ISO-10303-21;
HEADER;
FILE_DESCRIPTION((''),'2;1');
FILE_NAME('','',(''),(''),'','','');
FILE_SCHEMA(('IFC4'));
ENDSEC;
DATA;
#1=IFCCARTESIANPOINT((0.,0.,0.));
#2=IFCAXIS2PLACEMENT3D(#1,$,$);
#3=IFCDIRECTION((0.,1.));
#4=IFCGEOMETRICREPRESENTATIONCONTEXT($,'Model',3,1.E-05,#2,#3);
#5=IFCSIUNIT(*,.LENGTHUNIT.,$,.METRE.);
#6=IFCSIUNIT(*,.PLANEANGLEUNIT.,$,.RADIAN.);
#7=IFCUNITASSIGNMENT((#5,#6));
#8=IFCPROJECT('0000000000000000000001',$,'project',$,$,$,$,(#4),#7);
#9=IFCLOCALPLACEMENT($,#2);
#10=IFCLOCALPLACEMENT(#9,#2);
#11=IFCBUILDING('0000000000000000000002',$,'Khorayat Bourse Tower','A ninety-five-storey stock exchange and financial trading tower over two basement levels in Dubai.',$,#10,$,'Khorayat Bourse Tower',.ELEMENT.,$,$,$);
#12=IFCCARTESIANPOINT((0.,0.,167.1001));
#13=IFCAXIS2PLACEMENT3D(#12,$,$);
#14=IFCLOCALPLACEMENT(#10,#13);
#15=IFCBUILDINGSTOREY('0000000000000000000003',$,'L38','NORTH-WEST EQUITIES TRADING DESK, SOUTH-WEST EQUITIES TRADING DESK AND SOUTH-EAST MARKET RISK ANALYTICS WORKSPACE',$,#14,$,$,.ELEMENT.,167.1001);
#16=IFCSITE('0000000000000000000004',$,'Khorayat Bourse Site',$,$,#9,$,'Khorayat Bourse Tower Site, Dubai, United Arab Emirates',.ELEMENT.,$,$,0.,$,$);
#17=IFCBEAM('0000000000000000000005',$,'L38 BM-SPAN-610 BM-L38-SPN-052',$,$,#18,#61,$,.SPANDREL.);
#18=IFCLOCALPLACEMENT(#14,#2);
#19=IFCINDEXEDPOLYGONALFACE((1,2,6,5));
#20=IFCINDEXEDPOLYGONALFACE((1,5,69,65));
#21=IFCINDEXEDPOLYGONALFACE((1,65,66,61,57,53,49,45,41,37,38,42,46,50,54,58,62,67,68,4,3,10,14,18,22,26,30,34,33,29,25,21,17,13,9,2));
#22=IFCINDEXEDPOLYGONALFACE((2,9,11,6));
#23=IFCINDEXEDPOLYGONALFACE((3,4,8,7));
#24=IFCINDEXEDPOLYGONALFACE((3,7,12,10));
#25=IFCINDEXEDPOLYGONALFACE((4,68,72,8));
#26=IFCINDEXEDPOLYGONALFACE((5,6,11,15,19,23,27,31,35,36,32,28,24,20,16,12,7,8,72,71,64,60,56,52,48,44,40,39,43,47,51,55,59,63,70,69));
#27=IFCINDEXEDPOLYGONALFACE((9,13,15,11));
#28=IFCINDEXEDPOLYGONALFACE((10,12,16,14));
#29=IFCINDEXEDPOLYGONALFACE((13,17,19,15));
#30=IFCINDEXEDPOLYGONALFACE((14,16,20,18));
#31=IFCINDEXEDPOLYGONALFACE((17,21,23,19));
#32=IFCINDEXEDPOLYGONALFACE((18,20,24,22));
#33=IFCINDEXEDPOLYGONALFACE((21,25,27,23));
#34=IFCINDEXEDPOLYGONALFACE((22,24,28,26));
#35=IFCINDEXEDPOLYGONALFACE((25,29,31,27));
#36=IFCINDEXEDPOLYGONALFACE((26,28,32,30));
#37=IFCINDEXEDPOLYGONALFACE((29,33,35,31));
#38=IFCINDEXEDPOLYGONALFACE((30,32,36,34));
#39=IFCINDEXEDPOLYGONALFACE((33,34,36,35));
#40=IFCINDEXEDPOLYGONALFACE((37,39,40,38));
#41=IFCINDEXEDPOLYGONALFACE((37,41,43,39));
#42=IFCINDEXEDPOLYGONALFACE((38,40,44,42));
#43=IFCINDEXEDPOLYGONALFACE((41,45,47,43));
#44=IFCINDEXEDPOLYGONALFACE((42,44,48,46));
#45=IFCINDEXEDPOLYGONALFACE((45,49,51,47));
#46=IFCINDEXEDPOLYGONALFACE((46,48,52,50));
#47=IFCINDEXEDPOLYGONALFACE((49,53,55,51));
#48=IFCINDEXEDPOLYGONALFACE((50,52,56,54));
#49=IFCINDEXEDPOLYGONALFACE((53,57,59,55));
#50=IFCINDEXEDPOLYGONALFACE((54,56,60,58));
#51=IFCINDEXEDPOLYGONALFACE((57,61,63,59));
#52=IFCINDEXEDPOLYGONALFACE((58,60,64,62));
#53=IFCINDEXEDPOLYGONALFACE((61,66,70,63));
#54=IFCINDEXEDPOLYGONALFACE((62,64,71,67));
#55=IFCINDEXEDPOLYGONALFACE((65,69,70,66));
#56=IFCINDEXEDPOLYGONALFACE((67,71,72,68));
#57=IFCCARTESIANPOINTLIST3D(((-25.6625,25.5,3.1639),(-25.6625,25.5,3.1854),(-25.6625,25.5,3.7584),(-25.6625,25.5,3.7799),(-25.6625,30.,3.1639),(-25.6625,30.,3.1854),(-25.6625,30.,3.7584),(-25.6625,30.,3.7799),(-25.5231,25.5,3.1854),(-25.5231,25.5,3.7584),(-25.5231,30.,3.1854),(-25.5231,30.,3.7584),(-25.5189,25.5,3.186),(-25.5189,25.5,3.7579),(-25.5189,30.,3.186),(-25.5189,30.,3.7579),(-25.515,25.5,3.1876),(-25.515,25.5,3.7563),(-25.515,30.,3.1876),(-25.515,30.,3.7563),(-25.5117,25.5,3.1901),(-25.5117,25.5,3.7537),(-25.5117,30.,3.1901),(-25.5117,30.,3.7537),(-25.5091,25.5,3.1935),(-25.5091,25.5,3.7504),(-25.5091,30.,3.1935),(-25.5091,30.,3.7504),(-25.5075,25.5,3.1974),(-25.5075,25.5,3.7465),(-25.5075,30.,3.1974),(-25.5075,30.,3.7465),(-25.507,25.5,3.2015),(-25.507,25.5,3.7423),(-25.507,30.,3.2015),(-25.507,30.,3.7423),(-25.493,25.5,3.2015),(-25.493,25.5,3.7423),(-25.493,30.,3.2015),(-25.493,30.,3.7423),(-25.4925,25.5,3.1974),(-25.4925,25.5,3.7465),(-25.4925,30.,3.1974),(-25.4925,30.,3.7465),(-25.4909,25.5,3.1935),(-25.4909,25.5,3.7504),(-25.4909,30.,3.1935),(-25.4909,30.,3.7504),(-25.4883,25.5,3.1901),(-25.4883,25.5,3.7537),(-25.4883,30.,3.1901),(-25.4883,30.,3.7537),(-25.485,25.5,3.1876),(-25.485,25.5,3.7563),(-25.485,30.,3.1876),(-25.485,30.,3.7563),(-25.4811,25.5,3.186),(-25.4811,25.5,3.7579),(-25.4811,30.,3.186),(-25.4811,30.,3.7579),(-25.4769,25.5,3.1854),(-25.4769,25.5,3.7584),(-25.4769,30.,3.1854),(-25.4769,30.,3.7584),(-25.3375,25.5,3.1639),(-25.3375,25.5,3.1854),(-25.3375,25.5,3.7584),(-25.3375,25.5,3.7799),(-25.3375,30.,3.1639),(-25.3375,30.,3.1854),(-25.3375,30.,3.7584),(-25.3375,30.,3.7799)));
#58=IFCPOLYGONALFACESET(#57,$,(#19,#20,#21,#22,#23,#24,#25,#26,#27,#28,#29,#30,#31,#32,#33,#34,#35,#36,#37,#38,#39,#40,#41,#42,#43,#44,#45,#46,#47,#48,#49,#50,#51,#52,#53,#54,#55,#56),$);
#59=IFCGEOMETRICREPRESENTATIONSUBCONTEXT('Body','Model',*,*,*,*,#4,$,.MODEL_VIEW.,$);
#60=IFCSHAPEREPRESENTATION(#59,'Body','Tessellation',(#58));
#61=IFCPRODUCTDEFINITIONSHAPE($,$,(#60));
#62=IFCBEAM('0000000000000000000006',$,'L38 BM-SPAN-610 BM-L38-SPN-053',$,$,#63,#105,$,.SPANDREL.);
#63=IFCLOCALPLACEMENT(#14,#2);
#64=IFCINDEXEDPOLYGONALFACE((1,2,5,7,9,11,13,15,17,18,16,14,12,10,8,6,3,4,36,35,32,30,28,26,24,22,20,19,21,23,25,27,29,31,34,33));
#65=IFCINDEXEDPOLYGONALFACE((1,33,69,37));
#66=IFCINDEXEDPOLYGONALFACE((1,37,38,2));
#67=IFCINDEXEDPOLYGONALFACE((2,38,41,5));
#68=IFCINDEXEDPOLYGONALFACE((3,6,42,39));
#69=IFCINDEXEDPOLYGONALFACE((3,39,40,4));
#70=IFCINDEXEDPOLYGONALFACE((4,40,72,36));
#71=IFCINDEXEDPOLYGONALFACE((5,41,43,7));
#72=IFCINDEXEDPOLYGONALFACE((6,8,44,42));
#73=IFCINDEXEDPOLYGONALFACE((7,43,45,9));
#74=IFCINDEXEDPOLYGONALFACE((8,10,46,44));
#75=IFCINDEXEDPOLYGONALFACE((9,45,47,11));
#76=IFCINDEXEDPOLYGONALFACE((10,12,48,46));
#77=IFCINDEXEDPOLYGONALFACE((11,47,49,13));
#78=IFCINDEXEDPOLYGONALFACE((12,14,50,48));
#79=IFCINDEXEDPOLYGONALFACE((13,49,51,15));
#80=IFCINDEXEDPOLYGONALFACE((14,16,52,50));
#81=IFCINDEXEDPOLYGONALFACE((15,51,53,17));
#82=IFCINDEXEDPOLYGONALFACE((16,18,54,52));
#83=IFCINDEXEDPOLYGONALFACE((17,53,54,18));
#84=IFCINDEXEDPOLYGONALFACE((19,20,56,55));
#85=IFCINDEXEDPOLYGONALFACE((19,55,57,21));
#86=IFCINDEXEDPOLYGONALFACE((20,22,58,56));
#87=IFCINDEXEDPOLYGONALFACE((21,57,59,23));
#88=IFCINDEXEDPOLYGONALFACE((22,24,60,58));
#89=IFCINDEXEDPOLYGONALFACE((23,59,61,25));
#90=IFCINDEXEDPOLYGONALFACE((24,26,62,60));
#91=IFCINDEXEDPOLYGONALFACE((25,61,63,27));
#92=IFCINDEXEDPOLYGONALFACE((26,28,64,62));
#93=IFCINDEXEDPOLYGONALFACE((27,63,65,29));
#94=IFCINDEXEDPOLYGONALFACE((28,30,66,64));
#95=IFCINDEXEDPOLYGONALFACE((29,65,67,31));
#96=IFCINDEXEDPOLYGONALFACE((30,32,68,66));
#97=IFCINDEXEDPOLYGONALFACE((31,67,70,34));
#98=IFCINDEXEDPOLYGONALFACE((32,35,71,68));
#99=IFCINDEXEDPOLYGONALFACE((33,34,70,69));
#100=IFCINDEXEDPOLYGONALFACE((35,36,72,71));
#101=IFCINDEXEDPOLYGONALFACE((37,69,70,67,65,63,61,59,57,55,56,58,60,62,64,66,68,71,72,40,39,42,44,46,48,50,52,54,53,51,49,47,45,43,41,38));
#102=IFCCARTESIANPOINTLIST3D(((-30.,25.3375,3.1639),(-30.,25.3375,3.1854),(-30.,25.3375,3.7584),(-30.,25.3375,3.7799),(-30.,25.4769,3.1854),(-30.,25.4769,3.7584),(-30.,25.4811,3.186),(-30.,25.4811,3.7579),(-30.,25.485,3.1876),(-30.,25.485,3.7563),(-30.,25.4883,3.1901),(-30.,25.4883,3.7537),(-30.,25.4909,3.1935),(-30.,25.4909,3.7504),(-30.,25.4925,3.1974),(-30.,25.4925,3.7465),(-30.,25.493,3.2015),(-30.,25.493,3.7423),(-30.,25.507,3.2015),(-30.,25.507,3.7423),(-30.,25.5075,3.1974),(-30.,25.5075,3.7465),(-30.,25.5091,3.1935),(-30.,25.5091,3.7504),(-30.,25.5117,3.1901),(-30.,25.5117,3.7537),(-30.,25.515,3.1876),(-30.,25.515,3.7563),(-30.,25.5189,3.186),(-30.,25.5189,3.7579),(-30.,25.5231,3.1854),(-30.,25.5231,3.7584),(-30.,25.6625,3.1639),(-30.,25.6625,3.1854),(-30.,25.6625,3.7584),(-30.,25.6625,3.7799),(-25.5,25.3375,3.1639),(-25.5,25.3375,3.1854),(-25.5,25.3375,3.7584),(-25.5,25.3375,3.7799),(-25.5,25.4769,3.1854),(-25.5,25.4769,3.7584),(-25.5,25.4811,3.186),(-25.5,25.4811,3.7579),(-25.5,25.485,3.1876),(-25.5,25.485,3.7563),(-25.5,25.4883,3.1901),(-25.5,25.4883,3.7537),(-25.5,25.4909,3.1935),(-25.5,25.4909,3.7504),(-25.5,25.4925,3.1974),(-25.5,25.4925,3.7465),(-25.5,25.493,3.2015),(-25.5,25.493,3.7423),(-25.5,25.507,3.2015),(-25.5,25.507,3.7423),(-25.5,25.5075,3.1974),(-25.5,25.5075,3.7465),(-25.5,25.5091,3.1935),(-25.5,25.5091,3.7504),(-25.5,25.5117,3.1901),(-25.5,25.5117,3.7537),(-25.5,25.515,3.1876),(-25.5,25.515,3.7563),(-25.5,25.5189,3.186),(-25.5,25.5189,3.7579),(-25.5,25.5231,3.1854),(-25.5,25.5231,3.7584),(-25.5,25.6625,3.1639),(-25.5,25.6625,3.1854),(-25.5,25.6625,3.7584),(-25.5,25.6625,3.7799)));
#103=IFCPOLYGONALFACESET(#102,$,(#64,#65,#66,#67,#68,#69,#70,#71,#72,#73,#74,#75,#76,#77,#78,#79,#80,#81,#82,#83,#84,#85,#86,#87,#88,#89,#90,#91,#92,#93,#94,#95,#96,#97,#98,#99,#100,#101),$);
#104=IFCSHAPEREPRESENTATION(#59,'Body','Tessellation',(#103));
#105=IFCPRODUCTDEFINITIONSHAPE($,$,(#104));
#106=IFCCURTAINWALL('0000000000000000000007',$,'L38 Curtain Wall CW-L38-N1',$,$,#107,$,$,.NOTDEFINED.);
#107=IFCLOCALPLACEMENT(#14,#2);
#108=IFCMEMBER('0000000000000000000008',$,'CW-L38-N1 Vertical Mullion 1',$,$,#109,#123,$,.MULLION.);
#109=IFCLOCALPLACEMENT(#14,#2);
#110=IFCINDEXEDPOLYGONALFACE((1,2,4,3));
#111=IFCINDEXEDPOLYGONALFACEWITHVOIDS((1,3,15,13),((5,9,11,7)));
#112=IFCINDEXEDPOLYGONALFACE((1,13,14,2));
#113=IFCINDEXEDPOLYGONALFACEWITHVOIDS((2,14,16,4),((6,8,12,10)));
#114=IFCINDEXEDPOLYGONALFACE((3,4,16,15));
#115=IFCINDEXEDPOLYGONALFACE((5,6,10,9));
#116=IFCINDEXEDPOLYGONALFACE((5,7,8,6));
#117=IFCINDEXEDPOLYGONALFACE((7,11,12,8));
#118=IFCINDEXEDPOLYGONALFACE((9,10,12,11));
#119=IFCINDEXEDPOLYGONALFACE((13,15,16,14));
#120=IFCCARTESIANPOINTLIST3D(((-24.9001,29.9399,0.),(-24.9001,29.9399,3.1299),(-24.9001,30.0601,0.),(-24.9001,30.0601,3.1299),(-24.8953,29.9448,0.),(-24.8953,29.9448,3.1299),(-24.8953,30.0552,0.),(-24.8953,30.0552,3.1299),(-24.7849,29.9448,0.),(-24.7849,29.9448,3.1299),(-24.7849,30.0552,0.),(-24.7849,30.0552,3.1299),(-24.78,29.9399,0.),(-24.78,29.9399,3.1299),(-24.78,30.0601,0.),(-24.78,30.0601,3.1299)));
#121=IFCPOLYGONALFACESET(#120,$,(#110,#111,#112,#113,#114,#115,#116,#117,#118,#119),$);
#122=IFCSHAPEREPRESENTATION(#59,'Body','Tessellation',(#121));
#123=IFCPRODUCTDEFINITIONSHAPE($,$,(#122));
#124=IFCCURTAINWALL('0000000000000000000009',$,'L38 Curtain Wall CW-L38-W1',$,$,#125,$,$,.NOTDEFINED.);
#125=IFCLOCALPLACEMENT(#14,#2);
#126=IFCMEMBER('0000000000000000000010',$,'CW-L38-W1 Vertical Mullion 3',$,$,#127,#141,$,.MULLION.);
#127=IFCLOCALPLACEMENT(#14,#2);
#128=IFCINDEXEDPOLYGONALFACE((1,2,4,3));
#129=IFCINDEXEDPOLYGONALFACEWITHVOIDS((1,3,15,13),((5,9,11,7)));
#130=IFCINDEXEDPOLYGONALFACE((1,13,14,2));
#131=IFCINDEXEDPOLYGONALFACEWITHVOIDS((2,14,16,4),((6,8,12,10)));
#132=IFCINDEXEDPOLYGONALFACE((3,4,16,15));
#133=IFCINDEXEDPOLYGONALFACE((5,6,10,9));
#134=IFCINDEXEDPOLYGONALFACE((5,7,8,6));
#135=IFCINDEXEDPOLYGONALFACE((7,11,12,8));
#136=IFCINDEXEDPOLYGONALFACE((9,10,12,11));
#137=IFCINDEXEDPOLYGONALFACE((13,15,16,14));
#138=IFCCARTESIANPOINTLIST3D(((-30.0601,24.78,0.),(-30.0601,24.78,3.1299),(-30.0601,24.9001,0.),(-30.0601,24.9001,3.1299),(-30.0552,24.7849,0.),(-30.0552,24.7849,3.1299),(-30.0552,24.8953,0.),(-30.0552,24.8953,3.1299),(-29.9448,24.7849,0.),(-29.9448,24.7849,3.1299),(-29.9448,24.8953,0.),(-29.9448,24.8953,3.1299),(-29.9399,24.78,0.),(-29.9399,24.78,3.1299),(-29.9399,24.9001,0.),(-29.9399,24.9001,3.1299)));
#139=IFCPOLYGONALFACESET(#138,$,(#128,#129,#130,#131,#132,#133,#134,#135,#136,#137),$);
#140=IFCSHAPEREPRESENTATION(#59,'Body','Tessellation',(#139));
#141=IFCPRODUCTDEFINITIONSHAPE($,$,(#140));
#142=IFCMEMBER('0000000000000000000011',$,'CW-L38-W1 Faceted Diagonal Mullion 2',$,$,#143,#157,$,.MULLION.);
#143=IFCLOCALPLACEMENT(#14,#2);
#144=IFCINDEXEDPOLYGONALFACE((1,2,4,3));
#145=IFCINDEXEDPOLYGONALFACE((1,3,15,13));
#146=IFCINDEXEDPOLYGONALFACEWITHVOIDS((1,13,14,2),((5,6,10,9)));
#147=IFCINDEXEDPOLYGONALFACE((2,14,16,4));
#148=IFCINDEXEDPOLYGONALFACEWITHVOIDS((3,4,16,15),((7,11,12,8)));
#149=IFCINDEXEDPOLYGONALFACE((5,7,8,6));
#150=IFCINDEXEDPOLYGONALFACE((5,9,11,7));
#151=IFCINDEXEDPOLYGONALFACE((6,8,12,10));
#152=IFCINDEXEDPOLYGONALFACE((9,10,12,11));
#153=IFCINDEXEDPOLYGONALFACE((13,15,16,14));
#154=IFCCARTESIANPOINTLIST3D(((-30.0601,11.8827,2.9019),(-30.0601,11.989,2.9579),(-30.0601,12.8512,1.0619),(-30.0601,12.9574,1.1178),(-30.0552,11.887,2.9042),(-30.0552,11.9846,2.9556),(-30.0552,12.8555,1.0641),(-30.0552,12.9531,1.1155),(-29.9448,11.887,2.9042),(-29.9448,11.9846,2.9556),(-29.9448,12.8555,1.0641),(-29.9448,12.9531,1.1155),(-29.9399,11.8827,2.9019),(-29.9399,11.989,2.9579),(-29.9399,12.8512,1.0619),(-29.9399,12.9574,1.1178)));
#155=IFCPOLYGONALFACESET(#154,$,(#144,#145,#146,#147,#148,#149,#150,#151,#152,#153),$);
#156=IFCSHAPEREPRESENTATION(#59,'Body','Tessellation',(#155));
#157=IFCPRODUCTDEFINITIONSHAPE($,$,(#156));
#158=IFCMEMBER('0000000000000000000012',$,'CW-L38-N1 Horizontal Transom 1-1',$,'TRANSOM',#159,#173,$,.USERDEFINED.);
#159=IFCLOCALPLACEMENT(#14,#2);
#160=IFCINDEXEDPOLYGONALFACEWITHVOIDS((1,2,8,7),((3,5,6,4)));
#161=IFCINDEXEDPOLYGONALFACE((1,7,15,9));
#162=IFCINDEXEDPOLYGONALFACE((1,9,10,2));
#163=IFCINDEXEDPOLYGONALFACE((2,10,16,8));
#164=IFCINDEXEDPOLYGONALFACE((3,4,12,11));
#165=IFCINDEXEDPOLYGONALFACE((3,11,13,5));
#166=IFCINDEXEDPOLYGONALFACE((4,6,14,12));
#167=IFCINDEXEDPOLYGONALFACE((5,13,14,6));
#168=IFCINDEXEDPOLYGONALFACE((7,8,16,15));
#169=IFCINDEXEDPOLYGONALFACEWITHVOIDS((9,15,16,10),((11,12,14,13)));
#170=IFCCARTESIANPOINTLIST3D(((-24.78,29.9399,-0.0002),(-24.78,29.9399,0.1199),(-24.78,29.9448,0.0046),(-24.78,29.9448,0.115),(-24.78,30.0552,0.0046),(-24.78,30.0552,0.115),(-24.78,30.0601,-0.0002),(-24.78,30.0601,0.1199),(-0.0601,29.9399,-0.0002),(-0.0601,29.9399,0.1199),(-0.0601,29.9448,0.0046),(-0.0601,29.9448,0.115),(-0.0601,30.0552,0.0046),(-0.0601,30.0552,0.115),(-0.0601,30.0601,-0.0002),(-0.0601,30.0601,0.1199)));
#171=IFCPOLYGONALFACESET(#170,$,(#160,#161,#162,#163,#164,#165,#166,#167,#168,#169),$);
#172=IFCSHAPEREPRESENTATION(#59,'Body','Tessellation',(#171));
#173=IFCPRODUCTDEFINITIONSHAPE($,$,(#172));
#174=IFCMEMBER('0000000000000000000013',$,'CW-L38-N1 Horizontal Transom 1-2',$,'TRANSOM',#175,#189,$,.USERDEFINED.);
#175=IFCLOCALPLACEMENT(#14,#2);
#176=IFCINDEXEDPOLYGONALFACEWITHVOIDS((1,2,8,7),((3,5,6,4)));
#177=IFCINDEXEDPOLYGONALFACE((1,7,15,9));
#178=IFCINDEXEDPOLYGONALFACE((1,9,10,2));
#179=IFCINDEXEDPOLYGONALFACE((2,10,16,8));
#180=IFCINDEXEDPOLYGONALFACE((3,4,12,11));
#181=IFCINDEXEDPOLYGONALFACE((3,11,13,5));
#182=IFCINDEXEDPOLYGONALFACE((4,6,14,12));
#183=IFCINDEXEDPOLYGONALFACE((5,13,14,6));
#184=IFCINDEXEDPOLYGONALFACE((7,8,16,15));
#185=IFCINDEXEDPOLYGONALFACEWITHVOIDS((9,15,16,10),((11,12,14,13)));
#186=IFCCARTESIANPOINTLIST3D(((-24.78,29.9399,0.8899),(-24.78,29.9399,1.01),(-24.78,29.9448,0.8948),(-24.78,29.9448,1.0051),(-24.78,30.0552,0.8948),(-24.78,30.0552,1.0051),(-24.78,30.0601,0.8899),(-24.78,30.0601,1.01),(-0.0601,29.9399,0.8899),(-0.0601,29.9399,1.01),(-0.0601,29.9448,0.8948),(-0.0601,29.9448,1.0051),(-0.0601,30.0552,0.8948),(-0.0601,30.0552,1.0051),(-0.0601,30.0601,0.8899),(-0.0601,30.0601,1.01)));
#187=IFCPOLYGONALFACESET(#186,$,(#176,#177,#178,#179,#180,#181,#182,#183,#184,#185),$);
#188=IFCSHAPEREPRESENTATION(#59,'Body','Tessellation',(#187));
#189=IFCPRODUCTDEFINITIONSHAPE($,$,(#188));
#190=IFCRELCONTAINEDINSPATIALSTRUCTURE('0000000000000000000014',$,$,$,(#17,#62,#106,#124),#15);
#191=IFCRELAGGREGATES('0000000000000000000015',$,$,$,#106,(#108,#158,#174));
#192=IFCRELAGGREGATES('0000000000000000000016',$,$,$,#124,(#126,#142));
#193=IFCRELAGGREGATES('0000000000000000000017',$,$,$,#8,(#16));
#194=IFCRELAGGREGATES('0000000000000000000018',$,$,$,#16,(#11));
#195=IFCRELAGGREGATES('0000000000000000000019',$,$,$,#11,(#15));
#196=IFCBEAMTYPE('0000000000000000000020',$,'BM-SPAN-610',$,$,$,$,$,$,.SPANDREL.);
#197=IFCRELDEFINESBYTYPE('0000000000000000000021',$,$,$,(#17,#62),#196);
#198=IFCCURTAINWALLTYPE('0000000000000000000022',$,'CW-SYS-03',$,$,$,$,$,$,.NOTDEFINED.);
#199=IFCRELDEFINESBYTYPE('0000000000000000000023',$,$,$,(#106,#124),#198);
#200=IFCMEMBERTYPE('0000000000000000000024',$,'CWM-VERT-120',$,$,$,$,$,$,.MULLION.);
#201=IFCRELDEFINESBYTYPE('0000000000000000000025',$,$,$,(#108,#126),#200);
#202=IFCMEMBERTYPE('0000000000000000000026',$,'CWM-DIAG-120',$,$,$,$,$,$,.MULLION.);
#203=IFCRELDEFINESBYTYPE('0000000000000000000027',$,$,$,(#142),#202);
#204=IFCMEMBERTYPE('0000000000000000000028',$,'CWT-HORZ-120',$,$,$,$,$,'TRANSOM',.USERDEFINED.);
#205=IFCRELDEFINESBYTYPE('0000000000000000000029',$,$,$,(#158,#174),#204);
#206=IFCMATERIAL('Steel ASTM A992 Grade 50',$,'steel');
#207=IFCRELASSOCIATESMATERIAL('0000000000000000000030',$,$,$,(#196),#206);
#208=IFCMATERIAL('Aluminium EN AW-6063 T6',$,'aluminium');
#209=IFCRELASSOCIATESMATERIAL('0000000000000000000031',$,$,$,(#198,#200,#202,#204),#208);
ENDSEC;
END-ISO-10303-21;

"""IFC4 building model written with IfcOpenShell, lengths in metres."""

from ifc_helpers import new_model, si_unit, direction, frame, origin, origin_2d, place, context, subcontext, project, spatial, hollow_rectangle, i_section, extrude, source, transform, mapped, material, material_profile, profile_set, type_object, element, aggregate, save


model = new_model("IFC4")

# Units and contexts
model_context = context("Model", 3, precision=1e-05, world=origin(), true_north=direction((0.0, 1.0)))
body_context = subcontext(model_context, "Body", "Model", "MODEL_VIEW")
ifc_project = project(units=[si_unit("LENGTHUNIT", "METRE"), si_unit("PLANEANGLEUNIT", "RADIAN")], contexts=[model_context])

# Site, building, storey
site_placement = place(None, origin())
site = spatial("IfcSite", under=ifc_project, at=site_placement, Name="Khorayat Bourse Site", LongName="Khorayat Bourse Tower Site, Dubai, United Arab Emirates", CompositionType="ELEMENT", RefElevation=0.0)
building_placement = place(site_placement, origin())
building = spatial("IfcBuilding", under=site, at=building_placement, Name="Khorayat Bourse Tower", Description="A ninety-five-storey stock exchange and financial trading tower over two basement levels in Dubai.", LongName="Khorayat Bourse Tower", CompositionType="ELEMENT")
storey_placement = place(building_placement, frame((0.0, 0.0, 167.1001)))
storey = spatial("IfcBuildingStorey", under=building, at=storey_placement, Name="L38", Description="NORTH-WEST EQUITIES TRADING DESK, SOUTH-WEST EQUITIES TRADING DESK AND SOUTH-EAST MARKET RISK ANALYTICS WORKSPACE", CompositionType="ELEMENT", Elevation=167.1001)

# Beams
ifc_material_1 = material(Name="Steel ASTM A992 Grade 50", Category="steel")
ifc_material_profile_1 = material_profile(ifc_material_1, i_section(OverallWidth=0.325, OverallDepth=0.616, WebThickness=0.0139, FlangeThickness=0.0215, FilletRadius=0.0161, at=origin_2d()), Name="W610X174")
ifc_profile_set_1 = profile_set([ifc_material_profile_1], Name="Steel ASTM A992 Grade 50")
beam_type_1 = type_object("IfcBeamType", Name="BM-SPAN-610", PredefinedType="SPANDREL", material=ifc_profile_set_1)
shared_shape_1 = source(origin(), body_context, "Body", "SweptSolid", [
    extrude(i_section(OverallWidth=0.325, OverallDepth=0.616, WebThickness=0.0139, FlangeThickness=0.0215, FilletRadius=0.0161, at=origin_2d()), origin(), (0.0, 0.0, 1.0), 4.5),
])
for number, where, z_axis, x_axis, name in (
    (1, (-25.5, 25.5, 3.4719), (0.0, 1.0, 0.0), (-1.0, 0.0, 0.0), "L38 BM-SPAN-610 BM-L38-SPN-052"),
    (2, (-30.0, 25.5, 3.4719), (1.0, 0.0, 0.0), (0.0, 1.0, 0.0), "L38 BM-SPAN-610 BM-L38-SPN-053"),
):
    element("IfcBeam", number, at=place(storey_placement, frame(where, z_axis=z_axis, x_axis=x_axis)), inside=storey, type_object=beam_type_1, Name=name, PredefinedType="SPANDREL", context=body_context, shape_type="MappedRepresentation", body=[
        mapped(shared_shape_1, transform((0.0, 0.0, 0.0), scale=1.0)),
    ])

# Curtain wall, member
ifc_material_2 = material(Name="Aluminium EN AW-6063 T6", Category="aluminium")
curtain_wall_type = type_object("IfcCurtainWallType", Name="CW-SYS-03", PredefinedType="NOTDEFINED", material=ifc_material_2)
curtain_wall_1_placement = place(storey_placement, origin())
curtain_wall_1 = element("IfcCurtainWall", 3, at=curtain_wall_1_placement, inside=storey, type_object=curtain_wall_type, Name="L38 Curtain Wall CW-L38-N1", PredefinedType="NOTDEFINED")
ifc_material_profile_2 = material_profile(ifc_material_2, hollow_rectangle(XDim=0.1201, YDim=0.1201, WallThickness=0.0049, at=origin_2d()), Name="ALU 120x120x5")
ifc_profile_set_2 = profile_set([ifc_material_profile_2], Name="Aluminium EN AW-6063 T6")
member_type_1 = type_object("IfcMemberType", Name="CWM-VERT-120", PredefinedType="MULLION", material=ifc_profile_set_2)
shared_shape_2 = source(origin(), body_context, "Body", "SweptSolid", [
    extrude(hollow_rectangle(XDim=0.1201, YDim=0.1201, WallThickness=0.0049, at=origin_2d()), origin(), (0.0, 0.0, 1.0), 3.1299),
])
member_1_placement = place(storey_placement, frame((-24.8401, 30.0, 0.0), z_axis=(0.0, 0.0, 1.0), x_axis=(0.0, 1.0, 0.0)))
member_1 = element("IfcMember", 4, at=member_1_placement, type_object=member_type_1, Name="CW-L38-N1 Vertical Mullion 1", PredefinedType="MULLION", context=body_context, shape_type="MappedRepresentation", body=[
    mapped(shared_shape_2, transform((0.0, 0.0, 0.0), scale=1.0)),
])

# Curtain wall, members
curtain_wall_2_placement = place(storey_placement, origin())
curtain_wall_2 = element("IfcCurtainWall", 5, at=curtain_wall_2_placement, inside=storey, type_object=curtain_wall_type, Name="L38 Curtain Wall CW-L38-W1", PredefinedType="NOTDEFINED")
member_2_placement = place(storey_placement, frame((-30.0, 24.8401, 0.0), z_axis=(0.0, 0.0, 1.0), x_axis=(-1.0, 0.0, 0.0)))
member_2 = element("IfcMember", 6, at=member_2_placement, type_object=member_type_1, Name="CW-L38-W1 Vertical Mullion 3", PredefinedType="MULLION", context=body_context, shape_type="MappedRepresentation", body=[
    mapped(shared_shape_2, transform((0.0, 0.0, 0.0), scale=1.0)),
])
ifc_material_profile_3 = material_profile(ifc_material_2, hollow_rectangle(XDim=0.1201, YDim=0.1201, WallThickness=0.0049, at=origin_2d()), Name="ALU 120x120x5")
ifc_profile_set_3 = profile_set([ifc_material_profile_3], Name="Aluminium EN AW-6063 T6")
member_type_2 = type_object("IfcMemberType", Name="CWM-DIAG-120", PredefinedType="MULLION", material=ifc_profile_set_3)
shared_shape_3 = source(origin(), body_context, "Body", "SweptSolid", [
    extrude(hollow_rectangle(XDim=0.1201, YDim=0.1201, WallThickness=0.0049, at=origin_2d()), origin(), (0.0, 0.0, 1.0), 2.0793),
])
member_3_placement = place(storey_placement, frame((-30.0, 12.9043, 1.0898), z_axis=(0.0, -0.465761, 0.884911), x_axis=(1.0, 0.0, 0.0)))
member_3 = element("IfcMember", 7, at=member_3_placement, type_object=member_type_2, Name="CW-L38-W1 Faceted Diagonal Mullion 2", PredefinedType="MULLION", context=body_context, shape_type="MappedRepresentation", body=[
    mapped(shared_shape_3, transform((0.0, 0.0, 0.0), scale=1.0)),
])

# Members
ifc_material_profile_4 = material_profile(ifc_material_2, hollow_rectangle(XDim=0.1201, YDim=0.1201, WallThickness=0.0049, at=origin_2d()), Name="ALU 120x120x5")
ifc_profile_set_4 = profile_set([ifc_material_profile_4], Name="Aluminium EN AW-6063 T6")
member_type_3 = type_object("IfcMemberType", Name="CWT-HORZ-120", ElementType="TRANSOM", PredefinedType="USERDEFINED", material=ifc_profile_set_4)
shared_shape_4 = source(origin(), body_context, "Body", "SweptSolid", [
    extrude(hollow_rectangle(XDim=0.1201, YDim=0.1201, WallThickness=0.0049, at=origin_2d()), origin(), (0.0, 0.0, 1.0), 24.72),
])
member_4_placement = place(storey_placement, frame((-24.78, 30.0, 0.0598), z_axis=(1.0, 0.0, 0.0), x_axis=(0.0, 1.0, 0.0)))
member_4 = element("IfcMember", 8, at=member_4_placement, type_object=member_type_3, Name="CW-L38-N1 Horizontal Transom 1-1", ObjectType="TRANSOM", PredefinedType="USERDEFINED", context=body_context, shape_type="MappedRepresentation", body=[
    mapped(shared_shape_4, transform((0.0, 0.0, 0.0), scale=1.0)),
])
member_5_placement = place(storey_placement, frame((-24.78, 30.0, 0.95), z_axis=(1.0, 0.0, 0.0), x_axis=(0.0, 1.0, 0.0)))
member_5 = element("IfcMember", 9, at=member_5_placement, type_object=member_type_3, Name="CW-L38-N1 Horizontal Transom 1-2", ObjectType="TRANSOM", PredefinedType="USERDEFINED", context=body_context, shape_type="MappedRepresentation", body=[
    mapped(shared_shape_4, transform((0.0, 0.0, 0.0), scale=1.0)),
])
aggregate(curtain_wall_1, [member_1, member_4, member_5])

aggregate(curtain_wall_2, [member_2, member_3])

save(model, "model.ifc")
